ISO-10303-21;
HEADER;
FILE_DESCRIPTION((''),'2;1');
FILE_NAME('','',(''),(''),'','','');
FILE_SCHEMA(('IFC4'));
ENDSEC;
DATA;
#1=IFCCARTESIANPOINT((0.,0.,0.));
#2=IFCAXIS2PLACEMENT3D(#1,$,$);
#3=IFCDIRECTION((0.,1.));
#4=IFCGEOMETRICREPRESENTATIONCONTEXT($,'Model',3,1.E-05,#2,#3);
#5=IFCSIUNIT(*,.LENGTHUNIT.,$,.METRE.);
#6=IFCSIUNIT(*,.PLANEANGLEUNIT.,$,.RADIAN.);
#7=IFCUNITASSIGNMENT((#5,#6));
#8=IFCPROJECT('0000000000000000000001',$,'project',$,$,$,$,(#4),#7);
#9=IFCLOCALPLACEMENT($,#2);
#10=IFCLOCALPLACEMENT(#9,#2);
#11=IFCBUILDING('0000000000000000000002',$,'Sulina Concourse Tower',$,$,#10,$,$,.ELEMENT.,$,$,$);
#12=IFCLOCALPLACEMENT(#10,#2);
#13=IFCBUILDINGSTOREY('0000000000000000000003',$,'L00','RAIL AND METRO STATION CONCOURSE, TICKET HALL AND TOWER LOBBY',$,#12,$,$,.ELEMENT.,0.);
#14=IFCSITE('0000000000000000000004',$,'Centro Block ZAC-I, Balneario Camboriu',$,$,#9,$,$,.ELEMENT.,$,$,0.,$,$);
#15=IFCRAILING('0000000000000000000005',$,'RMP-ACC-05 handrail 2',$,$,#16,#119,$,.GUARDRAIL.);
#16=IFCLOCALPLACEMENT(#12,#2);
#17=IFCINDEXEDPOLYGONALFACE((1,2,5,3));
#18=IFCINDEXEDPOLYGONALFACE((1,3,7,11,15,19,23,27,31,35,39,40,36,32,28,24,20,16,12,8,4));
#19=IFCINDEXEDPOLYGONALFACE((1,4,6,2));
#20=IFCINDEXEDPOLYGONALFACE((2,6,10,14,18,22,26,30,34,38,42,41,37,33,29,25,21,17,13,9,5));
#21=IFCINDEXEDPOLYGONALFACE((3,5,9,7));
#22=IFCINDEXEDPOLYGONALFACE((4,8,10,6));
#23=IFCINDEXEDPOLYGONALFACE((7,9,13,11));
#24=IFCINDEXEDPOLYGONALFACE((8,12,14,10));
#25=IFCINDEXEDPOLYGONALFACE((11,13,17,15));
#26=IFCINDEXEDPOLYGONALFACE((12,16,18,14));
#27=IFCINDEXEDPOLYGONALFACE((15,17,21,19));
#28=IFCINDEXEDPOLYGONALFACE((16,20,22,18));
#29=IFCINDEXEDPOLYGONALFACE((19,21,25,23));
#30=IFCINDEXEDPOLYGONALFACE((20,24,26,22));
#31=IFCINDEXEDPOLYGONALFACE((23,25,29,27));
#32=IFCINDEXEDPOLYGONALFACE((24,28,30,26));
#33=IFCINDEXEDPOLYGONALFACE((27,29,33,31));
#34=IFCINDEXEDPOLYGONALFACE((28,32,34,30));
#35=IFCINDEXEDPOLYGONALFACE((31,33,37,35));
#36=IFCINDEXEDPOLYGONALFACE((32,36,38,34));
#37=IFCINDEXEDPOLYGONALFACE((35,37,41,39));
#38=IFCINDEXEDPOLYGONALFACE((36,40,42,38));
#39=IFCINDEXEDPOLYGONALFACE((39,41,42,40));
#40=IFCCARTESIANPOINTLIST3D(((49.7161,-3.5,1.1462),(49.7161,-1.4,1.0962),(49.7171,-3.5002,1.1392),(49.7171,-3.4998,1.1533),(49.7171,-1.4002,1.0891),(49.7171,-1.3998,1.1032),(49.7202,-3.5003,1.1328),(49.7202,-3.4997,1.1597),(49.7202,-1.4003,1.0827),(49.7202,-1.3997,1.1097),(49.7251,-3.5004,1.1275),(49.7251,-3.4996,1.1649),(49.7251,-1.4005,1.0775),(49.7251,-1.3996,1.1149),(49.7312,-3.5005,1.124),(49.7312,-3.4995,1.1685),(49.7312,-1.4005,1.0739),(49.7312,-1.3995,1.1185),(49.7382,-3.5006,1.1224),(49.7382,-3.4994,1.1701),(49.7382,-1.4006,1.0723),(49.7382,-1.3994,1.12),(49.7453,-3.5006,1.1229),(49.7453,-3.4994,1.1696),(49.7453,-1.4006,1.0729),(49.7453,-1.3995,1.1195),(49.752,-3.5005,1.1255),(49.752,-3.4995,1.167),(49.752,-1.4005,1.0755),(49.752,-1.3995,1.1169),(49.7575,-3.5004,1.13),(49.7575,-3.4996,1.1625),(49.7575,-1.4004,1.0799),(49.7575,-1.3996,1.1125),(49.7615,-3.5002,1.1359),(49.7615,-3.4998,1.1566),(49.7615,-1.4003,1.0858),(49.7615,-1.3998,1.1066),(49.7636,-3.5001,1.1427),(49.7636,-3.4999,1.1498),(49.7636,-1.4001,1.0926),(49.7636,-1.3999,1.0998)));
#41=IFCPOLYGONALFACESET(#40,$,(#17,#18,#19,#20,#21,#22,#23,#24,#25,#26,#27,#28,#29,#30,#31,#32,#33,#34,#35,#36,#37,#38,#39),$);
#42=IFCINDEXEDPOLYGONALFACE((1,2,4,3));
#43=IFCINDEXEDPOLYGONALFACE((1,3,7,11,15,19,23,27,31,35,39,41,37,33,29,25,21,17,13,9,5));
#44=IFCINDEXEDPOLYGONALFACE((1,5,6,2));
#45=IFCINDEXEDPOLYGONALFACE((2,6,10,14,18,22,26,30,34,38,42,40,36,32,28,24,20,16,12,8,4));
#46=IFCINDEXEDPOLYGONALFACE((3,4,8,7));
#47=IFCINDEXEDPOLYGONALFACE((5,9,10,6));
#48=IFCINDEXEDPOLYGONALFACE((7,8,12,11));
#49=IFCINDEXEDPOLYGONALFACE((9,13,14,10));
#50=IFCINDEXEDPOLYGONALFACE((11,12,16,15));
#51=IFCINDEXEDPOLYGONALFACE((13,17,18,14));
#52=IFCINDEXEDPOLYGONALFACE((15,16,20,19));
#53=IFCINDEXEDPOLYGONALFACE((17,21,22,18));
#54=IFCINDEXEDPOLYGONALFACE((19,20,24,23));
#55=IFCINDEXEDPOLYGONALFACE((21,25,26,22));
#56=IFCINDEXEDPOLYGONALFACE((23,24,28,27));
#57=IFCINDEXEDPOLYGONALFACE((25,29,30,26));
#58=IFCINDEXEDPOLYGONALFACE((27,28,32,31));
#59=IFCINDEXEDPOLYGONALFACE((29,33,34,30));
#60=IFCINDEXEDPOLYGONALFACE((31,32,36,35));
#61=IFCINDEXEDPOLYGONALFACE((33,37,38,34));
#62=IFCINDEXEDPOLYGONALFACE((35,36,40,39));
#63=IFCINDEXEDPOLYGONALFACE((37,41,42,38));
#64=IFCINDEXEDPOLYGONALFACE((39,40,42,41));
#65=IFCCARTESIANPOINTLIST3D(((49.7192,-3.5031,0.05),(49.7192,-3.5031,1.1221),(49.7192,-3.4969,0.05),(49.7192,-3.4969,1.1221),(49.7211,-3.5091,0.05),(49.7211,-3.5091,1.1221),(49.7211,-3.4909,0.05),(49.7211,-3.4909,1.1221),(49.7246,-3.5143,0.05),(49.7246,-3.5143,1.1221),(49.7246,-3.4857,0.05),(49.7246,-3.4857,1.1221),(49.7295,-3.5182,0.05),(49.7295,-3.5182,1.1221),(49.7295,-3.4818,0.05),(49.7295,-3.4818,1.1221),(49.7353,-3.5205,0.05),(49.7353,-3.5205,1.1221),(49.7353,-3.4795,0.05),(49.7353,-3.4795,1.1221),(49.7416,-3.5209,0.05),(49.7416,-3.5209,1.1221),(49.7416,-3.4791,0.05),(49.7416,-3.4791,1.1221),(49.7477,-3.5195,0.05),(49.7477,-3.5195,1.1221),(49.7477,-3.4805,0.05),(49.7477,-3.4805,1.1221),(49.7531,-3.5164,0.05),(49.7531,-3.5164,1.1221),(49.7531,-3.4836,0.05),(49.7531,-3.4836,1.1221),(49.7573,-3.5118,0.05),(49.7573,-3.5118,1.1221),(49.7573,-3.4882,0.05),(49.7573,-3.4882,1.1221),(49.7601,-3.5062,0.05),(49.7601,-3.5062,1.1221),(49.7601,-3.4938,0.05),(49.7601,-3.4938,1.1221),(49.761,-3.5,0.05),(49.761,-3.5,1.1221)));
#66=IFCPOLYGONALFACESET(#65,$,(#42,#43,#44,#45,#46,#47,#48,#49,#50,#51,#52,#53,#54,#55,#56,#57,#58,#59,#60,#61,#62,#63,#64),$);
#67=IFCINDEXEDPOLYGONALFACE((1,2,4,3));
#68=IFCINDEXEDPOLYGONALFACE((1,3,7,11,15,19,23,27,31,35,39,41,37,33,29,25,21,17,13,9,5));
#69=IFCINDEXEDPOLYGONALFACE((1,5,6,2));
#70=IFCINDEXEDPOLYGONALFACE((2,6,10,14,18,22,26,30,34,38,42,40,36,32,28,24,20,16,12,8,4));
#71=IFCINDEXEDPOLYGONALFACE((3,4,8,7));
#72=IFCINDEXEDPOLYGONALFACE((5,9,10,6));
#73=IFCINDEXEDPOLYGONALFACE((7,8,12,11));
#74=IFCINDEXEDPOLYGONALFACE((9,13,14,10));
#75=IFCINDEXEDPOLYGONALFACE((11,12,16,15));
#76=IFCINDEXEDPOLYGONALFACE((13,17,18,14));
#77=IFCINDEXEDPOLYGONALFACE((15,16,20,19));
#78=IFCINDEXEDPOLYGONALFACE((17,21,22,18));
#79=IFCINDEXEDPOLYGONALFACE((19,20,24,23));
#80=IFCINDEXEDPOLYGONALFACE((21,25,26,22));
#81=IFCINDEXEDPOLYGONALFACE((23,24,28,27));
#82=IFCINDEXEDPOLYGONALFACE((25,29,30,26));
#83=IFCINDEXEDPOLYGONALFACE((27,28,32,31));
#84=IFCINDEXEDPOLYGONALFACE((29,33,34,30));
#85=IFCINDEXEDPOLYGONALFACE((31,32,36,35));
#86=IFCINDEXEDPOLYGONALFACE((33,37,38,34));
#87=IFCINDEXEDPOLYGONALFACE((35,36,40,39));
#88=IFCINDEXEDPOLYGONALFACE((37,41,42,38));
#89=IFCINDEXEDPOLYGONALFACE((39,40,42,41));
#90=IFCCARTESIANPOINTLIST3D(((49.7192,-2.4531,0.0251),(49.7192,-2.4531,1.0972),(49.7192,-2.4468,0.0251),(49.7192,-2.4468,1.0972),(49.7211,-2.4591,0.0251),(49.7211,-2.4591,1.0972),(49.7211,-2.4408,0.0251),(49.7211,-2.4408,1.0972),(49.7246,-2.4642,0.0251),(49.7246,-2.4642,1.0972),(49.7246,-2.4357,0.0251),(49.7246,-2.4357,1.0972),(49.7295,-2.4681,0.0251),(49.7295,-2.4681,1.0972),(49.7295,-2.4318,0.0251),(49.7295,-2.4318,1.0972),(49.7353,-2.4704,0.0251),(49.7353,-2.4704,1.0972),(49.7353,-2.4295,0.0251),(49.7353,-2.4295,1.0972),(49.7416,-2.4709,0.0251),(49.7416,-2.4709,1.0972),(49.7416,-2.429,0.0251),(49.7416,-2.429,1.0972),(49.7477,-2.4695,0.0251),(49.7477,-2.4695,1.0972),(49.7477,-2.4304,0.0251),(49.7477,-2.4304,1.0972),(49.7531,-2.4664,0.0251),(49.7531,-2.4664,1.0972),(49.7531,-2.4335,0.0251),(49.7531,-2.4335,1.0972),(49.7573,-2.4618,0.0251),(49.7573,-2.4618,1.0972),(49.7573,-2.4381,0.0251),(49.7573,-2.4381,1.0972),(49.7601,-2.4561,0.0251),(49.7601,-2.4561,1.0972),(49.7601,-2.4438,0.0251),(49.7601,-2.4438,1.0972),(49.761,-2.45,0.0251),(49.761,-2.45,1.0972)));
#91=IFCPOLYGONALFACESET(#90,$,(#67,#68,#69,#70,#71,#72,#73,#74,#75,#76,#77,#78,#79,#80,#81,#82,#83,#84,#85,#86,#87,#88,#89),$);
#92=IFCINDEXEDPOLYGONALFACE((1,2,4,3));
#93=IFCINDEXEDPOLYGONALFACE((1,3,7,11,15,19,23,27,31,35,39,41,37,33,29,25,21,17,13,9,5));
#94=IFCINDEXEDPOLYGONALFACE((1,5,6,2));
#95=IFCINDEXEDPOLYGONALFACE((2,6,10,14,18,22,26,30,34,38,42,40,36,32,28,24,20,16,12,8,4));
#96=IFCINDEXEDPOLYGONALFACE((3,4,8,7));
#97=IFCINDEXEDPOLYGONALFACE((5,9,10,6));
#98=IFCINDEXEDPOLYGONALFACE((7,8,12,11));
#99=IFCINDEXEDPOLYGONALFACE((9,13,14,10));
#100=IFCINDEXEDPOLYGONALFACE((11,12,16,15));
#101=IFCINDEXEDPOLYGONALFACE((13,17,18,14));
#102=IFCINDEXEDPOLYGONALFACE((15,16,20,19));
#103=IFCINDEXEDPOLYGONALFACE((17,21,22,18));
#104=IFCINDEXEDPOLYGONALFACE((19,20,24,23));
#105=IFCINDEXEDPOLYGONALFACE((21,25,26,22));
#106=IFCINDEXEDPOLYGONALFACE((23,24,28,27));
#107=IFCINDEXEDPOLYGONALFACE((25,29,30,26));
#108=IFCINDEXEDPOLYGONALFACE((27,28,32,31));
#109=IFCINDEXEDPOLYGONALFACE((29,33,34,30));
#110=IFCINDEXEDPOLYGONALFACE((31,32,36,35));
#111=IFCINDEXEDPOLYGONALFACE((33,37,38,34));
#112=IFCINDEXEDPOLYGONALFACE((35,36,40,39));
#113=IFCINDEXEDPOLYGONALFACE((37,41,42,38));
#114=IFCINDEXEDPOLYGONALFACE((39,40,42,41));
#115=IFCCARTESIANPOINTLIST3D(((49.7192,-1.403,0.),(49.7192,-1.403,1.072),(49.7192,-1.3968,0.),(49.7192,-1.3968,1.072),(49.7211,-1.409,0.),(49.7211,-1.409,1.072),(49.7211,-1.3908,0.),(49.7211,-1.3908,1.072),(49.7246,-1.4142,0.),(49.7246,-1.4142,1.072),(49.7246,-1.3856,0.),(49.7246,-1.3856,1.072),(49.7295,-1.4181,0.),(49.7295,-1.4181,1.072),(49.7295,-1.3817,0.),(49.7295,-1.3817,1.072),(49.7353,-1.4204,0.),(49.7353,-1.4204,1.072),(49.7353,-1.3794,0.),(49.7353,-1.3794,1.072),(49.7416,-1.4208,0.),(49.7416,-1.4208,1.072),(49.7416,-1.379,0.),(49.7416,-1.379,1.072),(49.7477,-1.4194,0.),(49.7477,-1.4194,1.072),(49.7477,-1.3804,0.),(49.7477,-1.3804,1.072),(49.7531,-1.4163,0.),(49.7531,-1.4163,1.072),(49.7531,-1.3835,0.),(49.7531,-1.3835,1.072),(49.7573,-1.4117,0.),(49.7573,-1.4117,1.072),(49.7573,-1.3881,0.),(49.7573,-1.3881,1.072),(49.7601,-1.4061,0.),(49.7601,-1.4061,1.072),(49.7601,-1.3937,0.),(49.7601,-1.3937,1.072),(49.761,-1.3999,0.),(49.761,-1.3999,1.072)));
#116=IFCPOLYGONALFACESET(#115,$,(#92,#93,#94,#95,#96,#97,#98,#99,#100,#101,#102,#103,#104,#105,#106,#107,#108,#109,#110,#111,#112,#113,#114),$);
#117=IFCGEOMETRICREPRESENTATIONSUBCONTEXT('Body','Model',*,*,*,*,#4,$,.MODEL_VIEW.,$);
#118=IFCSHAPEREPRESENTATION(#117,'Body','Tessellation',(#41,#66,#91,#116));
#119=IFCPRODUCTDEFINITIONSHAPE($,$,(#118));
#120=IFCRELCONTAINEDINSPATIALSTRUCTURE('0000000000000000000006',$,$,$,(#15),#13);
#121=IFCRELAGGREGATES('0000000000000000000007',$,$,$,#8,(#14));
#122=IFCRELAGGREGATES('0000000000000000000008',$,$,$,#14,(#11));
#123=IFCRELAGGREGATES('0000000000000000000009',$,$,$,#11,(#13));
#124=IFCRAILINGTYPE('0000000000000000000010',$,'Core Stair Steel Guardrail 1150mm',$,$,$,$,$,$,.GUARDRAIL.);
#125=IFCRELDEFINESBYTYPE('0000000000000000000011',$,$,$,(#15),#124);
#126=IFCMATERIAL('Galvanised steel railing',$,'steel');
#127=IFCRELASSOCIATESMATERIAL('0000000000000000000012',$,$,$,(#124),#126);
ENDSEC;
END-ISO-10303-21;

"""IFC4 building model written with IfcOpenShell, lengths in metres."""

from ifc_helpers import new_model, si_unit, direction, frame, origin, origin_2d, place, context, subcontext, project, spatial, circle, extrude, material, type_object, element, save


model = new_model("IFC4")

# Units and contexts
model_context = context("Model", 3, precision=1e-05, world=origin(), true_north=direction((0.0, 1.0)))
body_context = subcontext(model_context, "Body", "Model", "MODEL_VIEW")
ifc_project = project(units=[si_unit("LENGTHUNIT", "METRE"), si_unit("PLANEANGLEUNIT", "RADIAN")], contexts=[model_context])

# Site, building, storey
site_placement = place(None, origin())
site = spatial("IfcSite", under=ifc_project, at=site_placement, Name="Centro Block ZAC-I, Balneario Camboriu", CompositionType="ELEMENT", RefElevation=0.0)
building_placement = place(site_placement, origin())
building = spatial("IfcBuilding", under=site, at=building_placement, Name="Sulina Concourse Tower", CompositionType="ELEMENT")
storey_placement = place(building_placement, origin())
storey = spatial("IfcBuildingStorey", under=building, at=storey_placement, Name="L00", Description="RAIL AND METRO STATION CONCOURSE, TICKET HALL AND TOWER LOBBY", CompositionType="ELEMENT", Elevation=0.0)

# Railing
ifc_material_1 = material(Name="Galvanised steel railing", Category="steel")
railing_type = type_object("IfcRailingType", Name="Core Stair Steel Guardrail 1150mm", PredefinedType="GUARDRAIL", material=ifc_material_1)
for number, where, name in (
    (1, (49.74, -3.5, 0.05), "RMP-ACC-05 handrail 2"),
):
    element("IfcRailing", number, at=place(storey_placement, frame(where)), inside=storey, type_object=railing_type, Name=name, PredefinedType="GUARDRAIL", context=body_context, shape_type="SweptSolid", body=[
        extrude(circle(Radius=0.0239, at=origin_2d()), frame((0.0, 0.0, 1.0962), z_axis=(0.0, 0.999716, -0.023825), x_axis=(-1.0, 0.0, 0.0)), (0.0, 0.0, 1.0), 2.1006),
        extrude(circle(Radius=0.021, at=origin_2d()), origin(), (0.0, 0.0, 1.0), 1.072),
        extrude(circle(Radius=0.021, at=origin_2d()), frame((0.0, 1.05, -0.0249)), (0.0, 0.0, 1.0), 1.072),
        extrude(circle(Radius=0.021, at=origin_2d()), frame((0.0, 2.1001, -0.05)), (0.0, 0.0, 1.0), 1.072),
    ])

save(model, "model.ifc")
